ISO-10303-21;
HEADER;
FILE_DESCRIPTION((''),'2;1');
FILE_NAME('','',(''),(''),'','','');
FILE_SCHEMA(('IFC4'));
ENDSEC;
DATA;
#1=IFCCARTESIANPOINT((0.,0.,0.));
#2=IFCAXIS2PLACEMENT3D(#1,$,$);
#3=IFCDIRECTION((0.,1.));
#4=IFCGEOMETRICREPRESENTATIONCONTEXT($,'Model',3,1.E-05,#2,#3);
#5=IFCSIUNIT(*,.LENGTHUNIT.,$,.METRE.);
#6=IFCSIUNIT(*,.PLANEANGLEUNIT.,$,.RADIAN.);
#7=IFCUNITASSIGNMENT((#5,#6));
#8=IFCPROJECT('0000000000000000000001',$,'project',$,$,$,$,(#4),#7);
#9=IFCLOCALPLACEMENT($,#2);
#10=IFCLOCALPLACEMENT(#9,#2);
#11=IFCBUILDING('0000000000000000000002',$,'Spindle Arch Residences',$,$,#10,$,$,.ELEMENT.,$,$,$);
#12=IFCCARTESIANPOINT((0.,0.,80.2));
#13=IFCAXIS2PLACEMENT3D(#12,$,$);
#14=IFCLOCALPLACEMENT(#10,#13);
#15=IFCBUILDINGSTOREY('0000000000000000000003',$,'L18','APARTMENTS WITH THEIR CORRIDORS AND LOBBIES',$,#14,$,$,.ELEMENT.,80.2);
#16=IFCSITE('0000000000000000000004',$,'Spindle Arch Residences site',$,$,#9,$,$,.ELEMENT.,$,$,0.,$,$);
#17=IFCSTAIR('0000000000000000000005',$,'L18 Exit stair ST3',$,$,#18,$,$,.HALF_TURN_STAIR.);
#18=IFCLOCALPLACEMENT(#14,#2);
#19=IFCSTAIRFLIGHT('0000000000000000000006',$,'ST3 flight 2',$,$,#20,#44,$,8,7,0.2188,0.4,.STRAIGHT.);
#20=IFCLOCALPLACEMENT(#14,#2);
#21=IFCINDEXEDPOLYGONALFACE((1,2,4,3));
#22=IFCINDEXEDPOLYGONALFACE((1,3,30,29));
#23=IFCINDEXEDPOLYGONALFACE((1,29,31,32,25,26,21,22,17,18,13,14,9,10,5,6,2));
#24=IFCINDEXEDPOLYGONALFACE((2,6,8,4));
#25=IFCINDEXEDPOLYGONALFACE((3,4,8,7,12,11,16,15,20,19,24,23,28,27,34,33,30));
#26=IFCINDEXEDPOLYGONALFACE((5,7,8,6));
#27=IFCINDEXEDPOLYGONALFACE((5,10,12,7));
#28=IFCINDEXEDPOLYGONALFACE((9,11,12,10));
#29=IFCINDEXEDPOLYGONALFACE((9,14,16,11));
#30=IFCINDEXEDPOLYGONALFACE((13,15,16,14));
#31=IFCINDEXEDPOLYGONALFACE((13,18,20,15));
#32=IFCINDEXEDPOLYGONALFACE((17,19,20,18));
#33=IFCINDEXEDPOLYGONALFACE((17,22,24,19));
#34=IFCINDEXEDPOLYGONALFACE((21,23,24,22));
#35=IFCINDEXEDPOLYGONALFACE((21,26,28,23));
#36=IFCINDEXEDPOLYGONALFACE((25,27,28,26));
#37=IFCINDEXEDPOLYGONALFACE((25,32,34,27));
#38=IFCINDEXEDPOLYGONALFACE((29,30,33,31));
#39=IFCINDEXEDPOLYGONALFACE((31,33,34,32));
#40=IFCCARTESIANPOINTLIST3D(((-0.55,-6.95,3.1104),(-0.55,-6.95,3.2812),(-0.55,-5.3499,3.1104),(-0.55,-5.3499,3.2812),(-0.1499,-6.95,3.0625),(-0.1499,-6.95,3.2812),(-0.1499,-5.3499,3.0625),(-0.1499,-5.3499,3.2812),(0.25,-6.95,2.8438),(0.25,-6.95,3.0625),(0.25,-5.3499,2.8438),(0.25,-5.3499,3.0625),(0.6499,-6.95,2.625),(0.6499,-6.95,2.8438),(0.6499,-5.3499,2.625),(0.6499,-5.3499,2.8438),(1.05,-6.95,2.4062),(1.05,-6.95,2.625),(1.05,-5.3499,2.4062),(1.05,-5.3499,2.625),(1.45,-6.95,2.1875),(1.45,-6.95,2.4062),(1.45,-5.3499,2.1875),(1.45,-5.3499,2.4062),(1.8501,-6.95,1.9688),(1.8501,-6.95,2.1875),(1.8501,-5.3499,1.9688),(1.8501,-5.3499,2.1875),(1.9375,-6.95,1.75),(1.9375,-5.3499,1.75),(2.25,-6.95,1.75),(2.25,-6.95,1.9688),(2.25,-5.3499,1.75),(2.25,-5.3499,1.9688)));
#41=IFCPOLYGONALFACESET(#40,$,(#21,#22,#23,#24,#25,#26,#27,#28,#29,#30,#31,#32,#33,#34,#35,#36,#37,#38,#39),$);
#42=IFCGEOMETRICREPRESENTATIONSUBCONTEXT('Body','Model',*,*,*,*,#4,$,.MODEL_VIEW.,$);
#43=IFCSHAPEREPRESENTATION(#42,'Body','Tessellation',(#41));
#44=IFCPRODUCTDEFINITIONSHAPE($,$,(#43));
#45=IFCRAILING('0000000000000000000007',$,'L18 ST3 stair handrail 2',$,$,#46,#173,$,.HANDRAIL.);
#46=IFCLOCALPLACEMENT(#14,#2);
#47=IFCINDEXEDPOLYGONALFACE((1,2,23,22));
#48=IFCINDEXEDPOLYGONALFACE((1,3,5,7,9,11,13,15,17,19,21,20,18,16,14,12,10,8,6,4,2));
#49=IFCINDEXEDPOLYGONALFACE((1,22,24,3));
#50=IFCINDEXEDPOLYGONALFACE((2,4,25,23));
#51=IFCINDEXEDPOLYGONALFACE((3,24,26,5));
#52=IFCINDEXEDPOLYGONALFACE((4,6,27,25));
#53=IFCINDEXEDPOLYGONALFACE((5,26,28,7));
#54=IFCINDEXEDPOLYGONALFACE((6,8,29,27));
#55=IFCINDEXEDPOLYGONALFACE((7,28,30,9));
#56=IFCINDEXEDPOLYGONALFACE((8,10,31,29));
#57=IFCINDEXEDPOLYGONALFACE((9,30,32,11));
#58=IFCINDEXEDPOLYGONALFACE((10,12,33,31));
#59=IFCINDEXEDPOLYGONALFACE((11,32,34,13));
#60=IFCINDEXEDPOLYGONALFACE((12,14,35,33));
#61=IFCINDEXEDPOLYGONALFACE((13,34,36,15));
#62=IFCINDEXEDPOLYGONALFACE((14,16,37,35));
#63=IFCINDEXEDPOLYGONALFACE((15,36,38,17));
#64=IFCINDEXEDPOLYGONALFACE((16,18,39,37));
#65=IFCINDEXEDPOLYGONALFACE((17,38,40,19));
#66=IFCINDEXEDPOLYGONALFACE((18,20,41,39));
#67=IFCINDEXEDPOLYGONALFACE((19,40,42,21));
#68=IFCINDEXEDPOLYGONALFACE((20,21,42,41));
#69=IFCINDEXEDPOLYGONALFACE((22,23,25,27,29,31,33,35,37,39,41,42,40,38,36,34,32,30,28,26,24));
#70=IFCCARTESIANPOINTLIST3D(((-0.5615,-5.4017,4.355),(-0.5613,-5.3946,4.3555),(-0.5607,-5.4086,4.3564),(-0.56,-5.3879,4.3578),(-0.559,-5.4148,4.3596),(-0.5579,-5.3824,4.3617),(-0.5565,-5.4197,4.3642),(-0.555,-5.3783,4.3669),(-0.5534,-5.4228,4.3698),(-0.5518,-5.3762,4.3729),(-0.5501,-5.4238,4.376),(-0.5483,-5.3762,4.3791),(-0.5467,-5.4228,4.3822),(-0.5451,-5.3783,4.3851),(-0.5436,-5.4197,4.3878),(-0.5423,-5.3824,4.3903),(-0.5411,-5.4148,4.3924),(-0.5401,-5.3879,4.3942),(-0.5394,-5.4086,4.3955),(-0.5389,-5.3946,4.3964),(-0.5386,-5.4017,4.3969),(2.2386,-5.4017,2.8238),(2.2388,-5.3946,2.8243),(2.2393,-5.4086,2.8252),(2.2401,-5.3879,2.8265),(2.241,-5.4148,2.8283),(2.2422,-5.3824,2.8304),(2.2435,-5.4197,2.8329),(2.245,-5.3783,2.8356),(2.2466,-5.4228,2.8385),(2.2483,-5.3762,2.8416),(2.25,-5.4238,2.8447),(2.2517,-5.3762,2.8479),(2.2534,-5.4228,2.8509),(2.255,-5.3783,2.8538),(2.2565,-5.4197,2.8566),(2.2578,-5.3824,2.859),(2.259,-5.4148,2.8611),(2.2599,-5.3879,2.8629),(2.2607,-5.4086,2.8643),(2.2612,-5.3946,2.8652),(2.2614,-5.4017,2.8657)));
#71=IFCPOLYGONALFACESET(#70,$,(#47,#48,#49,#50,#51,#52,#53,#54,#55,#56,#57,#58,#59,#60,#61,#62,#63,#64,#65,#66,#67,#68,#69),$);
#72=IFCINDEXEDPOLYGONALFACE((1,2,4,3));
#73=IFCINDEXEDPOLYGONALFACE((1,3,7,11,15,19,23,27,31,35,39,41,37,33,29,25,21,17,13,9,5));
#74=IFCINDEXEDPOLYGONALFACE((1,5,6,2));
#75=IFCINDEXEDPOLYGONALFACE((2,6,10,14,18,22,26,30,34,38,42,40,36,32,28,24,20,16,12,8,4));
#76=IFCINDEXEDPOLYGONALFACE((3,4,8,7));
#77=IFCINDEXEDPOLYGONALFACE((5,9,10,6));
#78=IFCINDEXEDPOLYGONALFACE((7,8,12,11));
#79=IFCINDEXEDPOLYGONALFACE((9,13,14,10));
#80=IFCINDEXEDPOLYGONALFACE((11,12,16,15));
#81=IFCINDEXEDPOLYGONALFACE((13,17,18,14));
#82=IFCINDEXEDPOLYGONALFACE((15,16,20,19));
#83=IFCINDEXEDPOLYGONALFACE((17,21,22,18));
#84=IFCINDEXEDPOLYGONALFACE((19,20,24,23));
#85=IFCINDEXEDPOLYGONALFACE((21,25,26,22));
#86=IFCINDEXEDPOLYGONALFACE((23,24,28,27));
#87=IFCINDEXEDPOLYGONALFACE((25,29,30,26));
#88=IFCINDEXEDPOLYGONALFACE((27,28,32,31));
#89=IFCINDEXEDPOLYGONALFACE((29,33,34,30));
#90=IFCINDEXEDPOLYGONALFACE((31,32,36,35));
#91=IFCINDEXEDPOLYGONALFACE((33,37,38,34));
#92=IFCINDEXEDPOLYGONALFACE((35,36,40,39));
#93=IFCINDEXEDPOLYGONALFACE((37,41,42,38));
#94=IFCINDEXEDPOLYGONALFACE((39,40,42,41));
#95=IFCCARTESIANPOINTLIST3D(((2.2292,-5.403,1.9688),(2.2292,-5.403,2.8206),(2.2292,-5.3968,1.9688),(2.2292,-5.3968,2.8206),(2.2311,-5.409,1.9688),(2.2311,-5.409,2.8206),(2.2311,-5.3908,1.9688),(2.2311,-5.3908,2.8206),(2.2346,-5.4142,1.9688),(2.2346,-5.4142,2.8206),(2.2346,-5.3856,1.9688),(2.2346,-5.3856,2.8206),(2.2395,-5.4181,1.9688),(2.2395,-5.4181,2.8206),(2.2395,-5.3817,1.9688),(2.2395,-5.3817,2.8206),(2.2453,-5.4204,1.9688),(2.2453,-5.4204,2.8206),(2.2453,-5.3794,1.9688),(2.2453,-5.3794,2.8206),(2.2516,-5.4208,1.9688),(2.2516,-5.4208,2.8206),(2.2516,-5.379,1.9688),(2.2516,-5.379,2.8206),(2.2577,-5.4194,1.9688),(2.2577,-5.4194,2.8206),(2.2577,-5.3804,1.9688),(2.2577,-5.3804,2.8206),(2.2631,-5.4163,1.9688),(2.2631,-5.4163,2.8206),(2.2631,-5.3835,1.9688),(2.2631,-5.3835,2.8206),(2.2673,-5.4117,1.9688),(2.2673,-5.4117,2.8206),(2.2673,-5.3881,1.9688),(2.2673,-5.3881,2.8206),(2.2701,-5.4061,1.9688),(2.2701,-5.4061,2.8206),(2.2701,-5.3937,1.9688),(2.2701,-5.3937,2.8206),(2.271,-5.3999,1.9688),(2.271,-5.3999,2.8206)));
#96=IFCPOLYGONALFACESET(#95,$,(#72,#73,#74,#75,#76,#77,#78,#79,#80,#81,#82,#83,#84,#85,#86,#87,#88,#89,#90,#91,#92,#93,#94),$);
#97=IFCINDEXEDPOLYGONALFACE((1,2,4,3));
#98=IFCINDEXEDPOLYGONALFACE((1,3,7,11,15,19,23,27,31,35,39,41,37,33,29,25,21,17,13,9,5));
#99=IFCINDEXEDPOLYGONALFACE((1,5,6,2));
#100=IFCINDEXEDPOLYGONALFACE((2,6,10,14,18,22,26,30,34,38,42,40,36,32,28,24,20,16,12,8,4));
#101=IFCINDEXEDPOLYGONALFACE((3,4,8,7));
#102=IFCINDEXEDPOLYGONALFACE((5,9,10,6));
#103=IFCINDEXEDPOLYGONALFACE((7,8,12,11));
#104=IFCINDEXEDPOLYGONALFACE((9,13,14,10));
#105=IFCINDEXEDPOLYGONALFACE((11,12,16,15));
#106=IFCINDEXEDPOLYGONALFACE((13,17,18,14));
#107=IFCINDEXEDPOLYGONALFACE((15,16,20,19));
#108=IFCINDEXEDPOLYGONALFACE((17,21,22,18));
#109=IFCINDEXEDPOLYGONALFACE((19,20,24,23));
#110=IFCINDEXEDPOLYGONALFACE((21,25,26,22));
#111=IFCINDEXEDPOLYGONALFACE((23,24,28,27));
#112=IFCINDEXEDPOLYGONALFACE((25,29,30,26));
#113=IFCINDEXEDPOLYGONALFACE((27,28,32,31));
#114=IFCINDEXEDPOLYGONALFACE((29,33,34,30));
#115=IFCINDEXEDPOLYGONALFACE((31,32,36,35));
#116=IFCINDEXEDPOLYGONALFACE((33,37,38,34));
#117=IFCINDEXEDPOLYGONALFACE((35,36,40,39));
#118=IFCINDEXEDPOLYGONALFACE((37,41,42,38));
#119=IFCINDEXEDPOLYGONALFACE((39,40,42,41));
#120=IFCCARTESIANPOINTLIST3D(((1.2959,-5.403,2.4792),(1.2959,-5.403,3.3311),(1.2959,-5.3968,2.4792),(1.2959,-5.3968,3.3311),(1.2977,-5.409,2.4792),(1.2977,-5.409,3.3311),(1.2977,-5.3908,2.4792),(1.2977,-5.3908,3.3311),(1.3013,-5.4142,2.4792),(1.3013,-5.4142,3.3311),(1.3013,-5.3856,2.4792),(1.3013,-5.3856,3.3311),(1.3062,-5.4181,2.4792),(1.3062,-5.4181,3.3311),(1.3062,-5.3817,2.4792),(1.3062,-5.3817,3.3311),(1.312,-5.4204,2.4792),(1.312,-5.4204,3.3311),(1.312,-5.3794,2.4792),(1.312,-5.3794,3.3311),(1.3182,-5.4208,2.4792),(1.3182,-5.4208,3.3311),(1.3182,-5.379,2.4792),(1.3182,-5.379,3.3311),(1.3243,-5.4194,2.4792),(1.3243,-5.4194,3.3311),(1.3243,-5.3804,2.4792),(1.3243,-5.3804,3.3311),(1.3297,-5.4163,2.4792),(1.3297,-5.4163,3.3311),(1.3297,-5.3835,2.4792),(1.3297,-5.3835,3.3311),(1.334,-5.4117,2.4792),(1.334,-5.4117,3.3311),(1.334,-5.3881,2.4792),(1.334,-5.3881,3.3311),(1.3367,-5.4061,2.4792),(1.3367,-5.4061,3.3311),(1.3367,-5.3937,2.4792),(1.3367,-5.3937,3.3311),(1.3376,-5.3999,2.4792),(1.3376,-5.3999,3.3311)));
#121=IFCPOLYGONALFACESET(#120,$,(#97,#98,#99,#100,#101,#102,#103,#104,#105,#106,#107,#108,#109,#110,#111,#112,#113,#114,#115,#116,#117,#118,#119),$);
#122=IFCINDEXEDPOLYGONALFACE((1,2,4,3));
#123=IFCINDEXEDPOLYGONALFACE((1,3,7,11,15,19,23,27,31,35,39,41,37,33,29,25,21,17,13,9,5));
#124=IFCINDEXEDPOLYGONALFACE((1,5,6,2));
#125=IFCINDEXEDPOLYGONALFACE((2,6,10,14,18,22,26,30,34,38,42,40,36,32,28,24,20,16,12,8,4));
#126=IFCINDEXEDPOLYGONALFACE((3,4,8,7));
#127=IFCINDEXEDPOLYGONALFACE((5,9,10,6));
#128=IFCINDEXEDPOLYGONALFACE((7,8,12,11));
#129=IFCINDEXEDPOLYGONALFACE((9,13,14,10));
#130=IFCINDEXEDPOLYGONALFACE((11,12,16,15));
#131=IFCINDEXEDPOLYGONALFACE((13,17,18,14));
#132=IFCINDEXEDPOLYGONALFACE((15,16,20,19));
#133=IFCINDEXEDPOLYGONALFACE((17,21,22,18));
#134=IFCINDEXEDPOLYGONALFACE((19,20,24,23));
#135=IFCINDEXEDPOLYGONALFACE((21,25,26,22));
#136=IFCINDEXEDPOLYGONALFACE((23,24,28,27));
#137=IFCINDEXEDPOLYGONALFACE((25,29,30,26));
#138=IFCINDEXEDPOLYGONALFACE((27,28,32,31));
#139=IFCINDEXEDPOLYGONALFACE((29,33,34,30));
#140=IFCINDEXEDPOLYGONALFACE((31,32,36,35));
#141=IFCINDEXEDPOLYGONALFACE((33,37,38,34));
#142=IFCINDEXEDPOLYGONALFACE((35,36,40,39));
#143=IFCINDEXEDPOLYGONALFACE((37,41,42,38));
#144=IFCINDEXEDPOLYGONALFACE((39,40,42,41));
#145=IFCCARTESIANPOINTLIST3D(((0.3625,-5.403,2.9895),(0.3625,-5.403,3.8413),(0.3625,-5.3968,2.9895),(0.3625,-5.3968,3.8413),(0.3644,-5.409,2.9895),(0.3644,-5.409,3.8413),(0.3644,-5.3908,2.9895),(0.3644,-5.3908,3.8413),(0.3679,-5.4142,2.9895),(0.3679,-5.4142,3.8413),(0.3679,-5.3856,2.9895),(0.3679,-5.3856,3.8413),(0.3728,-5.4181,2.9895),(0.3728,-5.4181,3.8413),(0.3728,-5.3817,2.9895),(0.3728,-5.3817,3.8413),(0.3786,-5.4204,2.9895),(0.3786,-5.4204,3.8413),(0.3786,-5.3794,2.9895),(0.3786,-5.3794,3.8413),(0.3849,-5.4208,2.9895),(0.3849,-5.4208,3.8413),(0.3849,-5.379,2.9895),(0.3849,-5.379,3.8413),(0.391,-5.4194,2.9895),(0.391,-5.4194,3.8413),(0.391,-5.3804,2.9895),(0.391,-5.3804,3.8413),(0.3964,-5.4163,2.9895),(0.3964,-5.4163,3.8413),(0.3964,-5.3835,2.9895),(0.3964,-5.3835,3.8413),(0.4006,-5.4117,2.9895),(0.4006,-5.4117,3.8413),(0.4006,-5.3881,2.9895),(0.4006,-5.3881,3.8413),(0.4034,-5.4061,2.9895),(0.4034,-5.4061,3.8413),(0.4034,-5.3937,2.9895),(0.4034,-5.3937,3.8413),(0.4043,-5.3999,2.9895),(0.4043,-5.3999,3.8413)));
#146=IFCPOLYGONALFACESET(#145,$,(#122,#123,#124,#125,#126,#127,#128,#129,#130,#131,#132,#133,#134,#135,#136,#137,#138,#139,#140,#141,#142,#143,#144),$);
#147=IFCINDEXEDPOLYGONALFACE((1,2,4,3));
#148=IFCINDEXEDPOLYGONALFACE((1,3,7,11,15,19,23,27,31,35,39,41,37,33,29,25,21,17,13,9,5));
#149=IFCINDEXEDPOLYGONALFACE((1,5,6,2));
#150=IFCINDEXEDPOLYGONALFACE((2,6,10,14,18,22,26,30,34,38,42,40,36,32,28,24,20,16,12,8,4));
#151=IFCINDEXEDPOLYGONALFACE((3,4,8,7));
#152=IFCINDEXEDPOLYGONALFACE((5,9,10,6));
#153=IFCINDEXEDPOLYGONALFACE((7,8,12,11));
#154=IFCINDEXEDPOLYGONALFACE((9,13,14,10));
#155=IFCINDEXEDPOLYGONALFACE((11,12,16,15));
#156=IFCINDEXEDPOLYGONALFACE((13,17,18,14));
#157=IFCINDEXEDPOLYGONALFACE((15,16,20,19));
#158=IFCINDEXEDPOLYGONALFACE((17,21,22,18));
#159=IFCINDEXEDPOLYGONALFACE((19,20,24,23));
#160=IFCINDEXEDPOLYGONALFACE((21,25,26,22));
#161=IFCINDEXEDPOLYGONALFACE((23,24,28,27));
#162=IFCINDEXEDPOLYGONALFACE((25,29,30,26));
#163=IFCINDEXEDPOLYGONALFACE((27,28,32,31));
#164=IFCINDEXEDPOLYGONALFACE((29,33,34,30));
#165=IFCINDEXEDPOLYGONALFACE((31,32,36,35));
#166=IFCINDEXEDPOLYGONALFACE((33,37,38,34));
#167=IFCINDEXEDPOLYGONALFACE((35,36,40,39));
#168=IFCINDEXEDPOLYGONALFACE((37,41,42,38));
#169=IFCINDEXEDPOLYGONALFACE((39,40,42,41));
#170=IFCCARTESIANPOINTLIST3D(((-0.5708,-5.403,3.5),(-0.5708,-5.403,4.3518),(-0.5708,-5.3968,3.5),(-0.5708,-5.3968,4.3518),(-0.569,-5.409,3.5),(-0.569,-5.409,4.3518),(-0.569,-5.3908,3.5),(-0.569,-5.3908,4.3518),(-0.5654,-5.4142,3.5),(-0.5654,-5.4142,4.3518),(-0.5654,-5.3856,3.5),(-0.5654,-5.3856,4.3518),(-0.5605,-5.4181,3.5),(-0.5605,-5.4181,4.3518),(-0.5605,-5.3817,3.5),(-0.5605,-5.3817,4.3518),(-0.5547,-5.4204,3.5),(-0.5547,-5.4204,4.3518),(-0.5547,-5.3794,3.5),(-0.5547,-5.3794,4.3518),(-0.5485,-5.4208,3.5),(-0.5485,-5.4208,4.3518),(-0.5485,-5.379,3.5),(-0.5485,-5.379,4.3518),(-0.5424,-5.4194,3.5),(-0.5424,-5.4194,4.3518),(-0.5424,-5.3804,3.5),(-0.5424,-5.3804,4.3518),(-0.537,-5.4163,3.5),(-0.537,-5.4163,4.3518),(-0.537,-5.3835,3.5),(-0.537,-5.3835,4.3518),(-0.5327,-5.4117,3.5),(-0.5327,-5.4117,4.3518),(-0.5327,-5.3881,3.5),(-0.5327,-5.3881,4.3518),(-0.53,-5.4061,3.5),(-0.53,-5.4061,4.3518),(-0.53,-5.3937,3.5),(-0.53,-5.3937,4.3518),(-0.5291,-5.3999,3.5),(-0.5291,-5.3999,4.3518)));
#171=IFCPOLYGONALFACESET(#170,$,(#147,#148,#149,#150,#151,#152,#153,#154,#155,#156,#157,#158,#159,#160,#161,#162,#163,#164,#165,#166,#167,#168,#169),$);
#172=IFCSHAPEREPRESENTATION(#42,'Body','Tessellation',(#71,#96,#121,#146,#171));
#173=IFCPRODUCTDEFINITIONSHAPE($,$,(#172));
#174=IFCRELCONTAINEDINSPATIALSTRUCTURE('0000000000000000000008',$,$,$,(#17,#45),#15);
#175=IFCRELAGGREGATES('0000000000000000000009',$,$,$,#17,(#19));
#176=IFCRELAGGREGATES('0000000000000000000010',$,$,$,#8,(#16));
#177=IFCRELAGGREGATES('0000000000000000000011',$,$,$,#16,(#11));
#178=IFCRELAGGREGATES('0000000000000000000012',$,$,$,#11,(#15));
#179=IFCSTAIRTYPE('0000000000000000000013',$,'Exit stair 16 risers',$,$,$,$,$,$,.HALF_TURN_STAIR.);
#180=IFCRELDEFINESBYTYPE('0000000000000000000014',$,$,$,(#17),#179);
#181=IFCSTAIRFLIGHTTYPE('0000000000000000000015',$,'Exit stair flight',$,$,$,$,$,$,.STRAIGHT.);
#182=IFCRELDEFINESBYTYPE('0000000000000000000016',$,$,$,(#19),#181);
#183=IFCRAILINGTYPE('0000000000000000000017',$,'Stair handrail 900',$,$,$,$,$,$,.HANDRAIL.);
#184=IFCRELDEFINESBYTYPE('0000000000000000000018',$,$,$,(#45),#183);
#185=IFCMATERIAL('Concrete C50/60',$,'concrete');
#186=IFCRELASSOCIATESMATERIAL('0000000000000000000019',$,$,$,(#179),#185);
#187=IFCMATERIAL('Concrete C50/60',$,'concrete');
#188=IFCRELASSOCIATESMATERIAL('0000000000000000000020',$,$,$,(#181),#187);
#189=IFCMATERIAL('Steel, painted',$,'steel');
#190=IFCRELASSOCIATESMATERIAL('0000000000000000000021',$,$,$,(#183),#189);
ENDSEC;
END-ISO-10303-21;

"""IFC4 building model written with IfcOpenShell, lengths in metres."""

from ifc_helpers import new_model, si_unit, direction, frame, origin, origin_2d, place, context, subcontext, project, spatial, polyline, circle, outline, extrude, material, type_object, element, aggregate, save


model = new_model("IFC4")

# Units and contexts
model_context = context("Model", 3, precision=1e-05, world=origin(), true_north=direction((0.0, 1.0)))
body_context = subcontext(model_context, "Body", "Model", "MODEL_VIEW")
ifc_project = project(units=[si_unit("LENGTHUNIT", "METRE"), si_unit("PLANEANGLEUNIT", "RADIAN")], contexts=[model_context])

# Site, building, storey
site_placement = place(None, origin())
site = spatial("IfcSite", under=ifc_project, at=site_placement, Name="Spindle Arch Residences site", CompositionType="ELEMENT", RefElevation=0.0)
building_placement = place(site_placement, origin())
building = spatial("IfcBuilding", under=site, at=building_placement, Name="Spindle Arch Residences", CompositionType="ELEMENT")
storey_placement = place(building_placement, frame((0.0, 0.0, 80.2)))
storey = spatial("IfcBuildingStorey", under=building, at=storey_placement, Name="L18", Description="APARTMENTS WITH THEIR CORRIDORS AND LOBBIES", CompositionType="ELEMENT", Elevation=80.2)

# Stair, stair flight
ifc_material_1 = material(Name="Concrete C50/60", Category="concrete")
stair_type = type_object("IfcStairType", Name="Exit stair 16 risers", PredefinedType="HALF_TURN_STAIR", material=ifc_material_1)
stair_placement = place(storey_placement, origin())
stair = element("IfcStair", 1, at=stair_placement, inside=storey, type_object=stair_type, Name="L18 Exit stair ST3", PredefinedType="HALF_TURN_STAIR")
ifc_material_2 = material(Name="Concrete C50/60", Category="concrete")
stair_flight_type = type_object("IfcStairFlightType", Name="Exit stair flight", PredefinedType="STRAIGHT", material=ifc_material_2)
stair_flight_placement = place(storey_placement, frame((2.25, -6.1499, 1.75), z_axis=(0.0, 0.0, 1.0), x_axis=(-1.0, 0.0, 0.0)))
stair_flight = element("IfcStairFlight", 2, at=stair_flight_placement, type_object=stair_flight_type, Name="ST3 flight 2", NumberOfRisers=8, NumberOfTreads=7, PredefinedType="STRAIGHT", RiserHeight=0.2188, TreadLength=0.4, context=body_context, shape_type="SweptSolid", body=[
    extrude(outline(polyline([(0.0, 0.0), (0.0, 0.2188), (0.3999, 0.2188), (0.3999, 0.4375), (0.8, 0.4375), (0.8, 0.6562), (1.2, 0.6562), (1.2, 0.875), (1.6001, 0.875), (1.6001, 1.0938), (2.0, 1.0938), (2.0, 1.3125), (2.3999, 1.3125), (2.3999, 1.5312), (2.8, 1.5312), (2.8, 1.75), (2.8, 1.3604), (0.3125, 0.0), (0.0, 0.0)])), frame((0.0, 0.8, 0.0), z_axis=(0.0, -1.0, 0.0), x_axis=(1.0, 0.0, 0.0)), (0.0, 0.0, 1.0), 1.6001),
])
aggregate(stair, [stair_flight])

# Railing
ifc_material_3 = material(Name="Steel, painted", Category="steel")
railing_type = type_object("IfcRailingType", Name="Stair handrail 900", PredefinedType="HANDRAIL", material=ifc_material_3)
railing_placement = place(storey_placement, frame((2.25, -5.3999, 1.9688)))
element("IfcRailing", 3, at=railing_placement, inside=storey, type_object=railing_type, Name="L18 ST3 stair handrail 2", PredefinedType="HANDRAIL", context=body_context, shape_type="SweptSolid", body=[
    extrude(circle(Radius=0.0239, at=origin_2d()), frame((0.0, 0.0, 0.876), z_axis=(-0.877375, 0.0, 0.479806), x_axis=(0.0, -1.0, 0.0)), (0.0, 0.0, 1.0), 3.1914),
    extrude(circle(Radius=0.021, at=origin_2d()), origin(), (0.0, 0.0, 1.0), 0.8518),
    extrude(circle(Radius=0.021, at=origin_2d()), frame((-0.9333, 0.0, 0.5105)), (0.0, 0.0, 1.0), 0.8518),
    extrude(circle(Radius=0.021, at=origin_2d()), frame((-1.8667, 0.0, 1.0208)), (0.0, 0.0, 1.0), 0.8518),
    extrude(circle(Radius=0.021, at=origin_2d()), frame((-2.8, 0.0, 1.5312)), (0.0, 0.0, 1.0), 0.8518),
])

save(model, "model.ifc")
